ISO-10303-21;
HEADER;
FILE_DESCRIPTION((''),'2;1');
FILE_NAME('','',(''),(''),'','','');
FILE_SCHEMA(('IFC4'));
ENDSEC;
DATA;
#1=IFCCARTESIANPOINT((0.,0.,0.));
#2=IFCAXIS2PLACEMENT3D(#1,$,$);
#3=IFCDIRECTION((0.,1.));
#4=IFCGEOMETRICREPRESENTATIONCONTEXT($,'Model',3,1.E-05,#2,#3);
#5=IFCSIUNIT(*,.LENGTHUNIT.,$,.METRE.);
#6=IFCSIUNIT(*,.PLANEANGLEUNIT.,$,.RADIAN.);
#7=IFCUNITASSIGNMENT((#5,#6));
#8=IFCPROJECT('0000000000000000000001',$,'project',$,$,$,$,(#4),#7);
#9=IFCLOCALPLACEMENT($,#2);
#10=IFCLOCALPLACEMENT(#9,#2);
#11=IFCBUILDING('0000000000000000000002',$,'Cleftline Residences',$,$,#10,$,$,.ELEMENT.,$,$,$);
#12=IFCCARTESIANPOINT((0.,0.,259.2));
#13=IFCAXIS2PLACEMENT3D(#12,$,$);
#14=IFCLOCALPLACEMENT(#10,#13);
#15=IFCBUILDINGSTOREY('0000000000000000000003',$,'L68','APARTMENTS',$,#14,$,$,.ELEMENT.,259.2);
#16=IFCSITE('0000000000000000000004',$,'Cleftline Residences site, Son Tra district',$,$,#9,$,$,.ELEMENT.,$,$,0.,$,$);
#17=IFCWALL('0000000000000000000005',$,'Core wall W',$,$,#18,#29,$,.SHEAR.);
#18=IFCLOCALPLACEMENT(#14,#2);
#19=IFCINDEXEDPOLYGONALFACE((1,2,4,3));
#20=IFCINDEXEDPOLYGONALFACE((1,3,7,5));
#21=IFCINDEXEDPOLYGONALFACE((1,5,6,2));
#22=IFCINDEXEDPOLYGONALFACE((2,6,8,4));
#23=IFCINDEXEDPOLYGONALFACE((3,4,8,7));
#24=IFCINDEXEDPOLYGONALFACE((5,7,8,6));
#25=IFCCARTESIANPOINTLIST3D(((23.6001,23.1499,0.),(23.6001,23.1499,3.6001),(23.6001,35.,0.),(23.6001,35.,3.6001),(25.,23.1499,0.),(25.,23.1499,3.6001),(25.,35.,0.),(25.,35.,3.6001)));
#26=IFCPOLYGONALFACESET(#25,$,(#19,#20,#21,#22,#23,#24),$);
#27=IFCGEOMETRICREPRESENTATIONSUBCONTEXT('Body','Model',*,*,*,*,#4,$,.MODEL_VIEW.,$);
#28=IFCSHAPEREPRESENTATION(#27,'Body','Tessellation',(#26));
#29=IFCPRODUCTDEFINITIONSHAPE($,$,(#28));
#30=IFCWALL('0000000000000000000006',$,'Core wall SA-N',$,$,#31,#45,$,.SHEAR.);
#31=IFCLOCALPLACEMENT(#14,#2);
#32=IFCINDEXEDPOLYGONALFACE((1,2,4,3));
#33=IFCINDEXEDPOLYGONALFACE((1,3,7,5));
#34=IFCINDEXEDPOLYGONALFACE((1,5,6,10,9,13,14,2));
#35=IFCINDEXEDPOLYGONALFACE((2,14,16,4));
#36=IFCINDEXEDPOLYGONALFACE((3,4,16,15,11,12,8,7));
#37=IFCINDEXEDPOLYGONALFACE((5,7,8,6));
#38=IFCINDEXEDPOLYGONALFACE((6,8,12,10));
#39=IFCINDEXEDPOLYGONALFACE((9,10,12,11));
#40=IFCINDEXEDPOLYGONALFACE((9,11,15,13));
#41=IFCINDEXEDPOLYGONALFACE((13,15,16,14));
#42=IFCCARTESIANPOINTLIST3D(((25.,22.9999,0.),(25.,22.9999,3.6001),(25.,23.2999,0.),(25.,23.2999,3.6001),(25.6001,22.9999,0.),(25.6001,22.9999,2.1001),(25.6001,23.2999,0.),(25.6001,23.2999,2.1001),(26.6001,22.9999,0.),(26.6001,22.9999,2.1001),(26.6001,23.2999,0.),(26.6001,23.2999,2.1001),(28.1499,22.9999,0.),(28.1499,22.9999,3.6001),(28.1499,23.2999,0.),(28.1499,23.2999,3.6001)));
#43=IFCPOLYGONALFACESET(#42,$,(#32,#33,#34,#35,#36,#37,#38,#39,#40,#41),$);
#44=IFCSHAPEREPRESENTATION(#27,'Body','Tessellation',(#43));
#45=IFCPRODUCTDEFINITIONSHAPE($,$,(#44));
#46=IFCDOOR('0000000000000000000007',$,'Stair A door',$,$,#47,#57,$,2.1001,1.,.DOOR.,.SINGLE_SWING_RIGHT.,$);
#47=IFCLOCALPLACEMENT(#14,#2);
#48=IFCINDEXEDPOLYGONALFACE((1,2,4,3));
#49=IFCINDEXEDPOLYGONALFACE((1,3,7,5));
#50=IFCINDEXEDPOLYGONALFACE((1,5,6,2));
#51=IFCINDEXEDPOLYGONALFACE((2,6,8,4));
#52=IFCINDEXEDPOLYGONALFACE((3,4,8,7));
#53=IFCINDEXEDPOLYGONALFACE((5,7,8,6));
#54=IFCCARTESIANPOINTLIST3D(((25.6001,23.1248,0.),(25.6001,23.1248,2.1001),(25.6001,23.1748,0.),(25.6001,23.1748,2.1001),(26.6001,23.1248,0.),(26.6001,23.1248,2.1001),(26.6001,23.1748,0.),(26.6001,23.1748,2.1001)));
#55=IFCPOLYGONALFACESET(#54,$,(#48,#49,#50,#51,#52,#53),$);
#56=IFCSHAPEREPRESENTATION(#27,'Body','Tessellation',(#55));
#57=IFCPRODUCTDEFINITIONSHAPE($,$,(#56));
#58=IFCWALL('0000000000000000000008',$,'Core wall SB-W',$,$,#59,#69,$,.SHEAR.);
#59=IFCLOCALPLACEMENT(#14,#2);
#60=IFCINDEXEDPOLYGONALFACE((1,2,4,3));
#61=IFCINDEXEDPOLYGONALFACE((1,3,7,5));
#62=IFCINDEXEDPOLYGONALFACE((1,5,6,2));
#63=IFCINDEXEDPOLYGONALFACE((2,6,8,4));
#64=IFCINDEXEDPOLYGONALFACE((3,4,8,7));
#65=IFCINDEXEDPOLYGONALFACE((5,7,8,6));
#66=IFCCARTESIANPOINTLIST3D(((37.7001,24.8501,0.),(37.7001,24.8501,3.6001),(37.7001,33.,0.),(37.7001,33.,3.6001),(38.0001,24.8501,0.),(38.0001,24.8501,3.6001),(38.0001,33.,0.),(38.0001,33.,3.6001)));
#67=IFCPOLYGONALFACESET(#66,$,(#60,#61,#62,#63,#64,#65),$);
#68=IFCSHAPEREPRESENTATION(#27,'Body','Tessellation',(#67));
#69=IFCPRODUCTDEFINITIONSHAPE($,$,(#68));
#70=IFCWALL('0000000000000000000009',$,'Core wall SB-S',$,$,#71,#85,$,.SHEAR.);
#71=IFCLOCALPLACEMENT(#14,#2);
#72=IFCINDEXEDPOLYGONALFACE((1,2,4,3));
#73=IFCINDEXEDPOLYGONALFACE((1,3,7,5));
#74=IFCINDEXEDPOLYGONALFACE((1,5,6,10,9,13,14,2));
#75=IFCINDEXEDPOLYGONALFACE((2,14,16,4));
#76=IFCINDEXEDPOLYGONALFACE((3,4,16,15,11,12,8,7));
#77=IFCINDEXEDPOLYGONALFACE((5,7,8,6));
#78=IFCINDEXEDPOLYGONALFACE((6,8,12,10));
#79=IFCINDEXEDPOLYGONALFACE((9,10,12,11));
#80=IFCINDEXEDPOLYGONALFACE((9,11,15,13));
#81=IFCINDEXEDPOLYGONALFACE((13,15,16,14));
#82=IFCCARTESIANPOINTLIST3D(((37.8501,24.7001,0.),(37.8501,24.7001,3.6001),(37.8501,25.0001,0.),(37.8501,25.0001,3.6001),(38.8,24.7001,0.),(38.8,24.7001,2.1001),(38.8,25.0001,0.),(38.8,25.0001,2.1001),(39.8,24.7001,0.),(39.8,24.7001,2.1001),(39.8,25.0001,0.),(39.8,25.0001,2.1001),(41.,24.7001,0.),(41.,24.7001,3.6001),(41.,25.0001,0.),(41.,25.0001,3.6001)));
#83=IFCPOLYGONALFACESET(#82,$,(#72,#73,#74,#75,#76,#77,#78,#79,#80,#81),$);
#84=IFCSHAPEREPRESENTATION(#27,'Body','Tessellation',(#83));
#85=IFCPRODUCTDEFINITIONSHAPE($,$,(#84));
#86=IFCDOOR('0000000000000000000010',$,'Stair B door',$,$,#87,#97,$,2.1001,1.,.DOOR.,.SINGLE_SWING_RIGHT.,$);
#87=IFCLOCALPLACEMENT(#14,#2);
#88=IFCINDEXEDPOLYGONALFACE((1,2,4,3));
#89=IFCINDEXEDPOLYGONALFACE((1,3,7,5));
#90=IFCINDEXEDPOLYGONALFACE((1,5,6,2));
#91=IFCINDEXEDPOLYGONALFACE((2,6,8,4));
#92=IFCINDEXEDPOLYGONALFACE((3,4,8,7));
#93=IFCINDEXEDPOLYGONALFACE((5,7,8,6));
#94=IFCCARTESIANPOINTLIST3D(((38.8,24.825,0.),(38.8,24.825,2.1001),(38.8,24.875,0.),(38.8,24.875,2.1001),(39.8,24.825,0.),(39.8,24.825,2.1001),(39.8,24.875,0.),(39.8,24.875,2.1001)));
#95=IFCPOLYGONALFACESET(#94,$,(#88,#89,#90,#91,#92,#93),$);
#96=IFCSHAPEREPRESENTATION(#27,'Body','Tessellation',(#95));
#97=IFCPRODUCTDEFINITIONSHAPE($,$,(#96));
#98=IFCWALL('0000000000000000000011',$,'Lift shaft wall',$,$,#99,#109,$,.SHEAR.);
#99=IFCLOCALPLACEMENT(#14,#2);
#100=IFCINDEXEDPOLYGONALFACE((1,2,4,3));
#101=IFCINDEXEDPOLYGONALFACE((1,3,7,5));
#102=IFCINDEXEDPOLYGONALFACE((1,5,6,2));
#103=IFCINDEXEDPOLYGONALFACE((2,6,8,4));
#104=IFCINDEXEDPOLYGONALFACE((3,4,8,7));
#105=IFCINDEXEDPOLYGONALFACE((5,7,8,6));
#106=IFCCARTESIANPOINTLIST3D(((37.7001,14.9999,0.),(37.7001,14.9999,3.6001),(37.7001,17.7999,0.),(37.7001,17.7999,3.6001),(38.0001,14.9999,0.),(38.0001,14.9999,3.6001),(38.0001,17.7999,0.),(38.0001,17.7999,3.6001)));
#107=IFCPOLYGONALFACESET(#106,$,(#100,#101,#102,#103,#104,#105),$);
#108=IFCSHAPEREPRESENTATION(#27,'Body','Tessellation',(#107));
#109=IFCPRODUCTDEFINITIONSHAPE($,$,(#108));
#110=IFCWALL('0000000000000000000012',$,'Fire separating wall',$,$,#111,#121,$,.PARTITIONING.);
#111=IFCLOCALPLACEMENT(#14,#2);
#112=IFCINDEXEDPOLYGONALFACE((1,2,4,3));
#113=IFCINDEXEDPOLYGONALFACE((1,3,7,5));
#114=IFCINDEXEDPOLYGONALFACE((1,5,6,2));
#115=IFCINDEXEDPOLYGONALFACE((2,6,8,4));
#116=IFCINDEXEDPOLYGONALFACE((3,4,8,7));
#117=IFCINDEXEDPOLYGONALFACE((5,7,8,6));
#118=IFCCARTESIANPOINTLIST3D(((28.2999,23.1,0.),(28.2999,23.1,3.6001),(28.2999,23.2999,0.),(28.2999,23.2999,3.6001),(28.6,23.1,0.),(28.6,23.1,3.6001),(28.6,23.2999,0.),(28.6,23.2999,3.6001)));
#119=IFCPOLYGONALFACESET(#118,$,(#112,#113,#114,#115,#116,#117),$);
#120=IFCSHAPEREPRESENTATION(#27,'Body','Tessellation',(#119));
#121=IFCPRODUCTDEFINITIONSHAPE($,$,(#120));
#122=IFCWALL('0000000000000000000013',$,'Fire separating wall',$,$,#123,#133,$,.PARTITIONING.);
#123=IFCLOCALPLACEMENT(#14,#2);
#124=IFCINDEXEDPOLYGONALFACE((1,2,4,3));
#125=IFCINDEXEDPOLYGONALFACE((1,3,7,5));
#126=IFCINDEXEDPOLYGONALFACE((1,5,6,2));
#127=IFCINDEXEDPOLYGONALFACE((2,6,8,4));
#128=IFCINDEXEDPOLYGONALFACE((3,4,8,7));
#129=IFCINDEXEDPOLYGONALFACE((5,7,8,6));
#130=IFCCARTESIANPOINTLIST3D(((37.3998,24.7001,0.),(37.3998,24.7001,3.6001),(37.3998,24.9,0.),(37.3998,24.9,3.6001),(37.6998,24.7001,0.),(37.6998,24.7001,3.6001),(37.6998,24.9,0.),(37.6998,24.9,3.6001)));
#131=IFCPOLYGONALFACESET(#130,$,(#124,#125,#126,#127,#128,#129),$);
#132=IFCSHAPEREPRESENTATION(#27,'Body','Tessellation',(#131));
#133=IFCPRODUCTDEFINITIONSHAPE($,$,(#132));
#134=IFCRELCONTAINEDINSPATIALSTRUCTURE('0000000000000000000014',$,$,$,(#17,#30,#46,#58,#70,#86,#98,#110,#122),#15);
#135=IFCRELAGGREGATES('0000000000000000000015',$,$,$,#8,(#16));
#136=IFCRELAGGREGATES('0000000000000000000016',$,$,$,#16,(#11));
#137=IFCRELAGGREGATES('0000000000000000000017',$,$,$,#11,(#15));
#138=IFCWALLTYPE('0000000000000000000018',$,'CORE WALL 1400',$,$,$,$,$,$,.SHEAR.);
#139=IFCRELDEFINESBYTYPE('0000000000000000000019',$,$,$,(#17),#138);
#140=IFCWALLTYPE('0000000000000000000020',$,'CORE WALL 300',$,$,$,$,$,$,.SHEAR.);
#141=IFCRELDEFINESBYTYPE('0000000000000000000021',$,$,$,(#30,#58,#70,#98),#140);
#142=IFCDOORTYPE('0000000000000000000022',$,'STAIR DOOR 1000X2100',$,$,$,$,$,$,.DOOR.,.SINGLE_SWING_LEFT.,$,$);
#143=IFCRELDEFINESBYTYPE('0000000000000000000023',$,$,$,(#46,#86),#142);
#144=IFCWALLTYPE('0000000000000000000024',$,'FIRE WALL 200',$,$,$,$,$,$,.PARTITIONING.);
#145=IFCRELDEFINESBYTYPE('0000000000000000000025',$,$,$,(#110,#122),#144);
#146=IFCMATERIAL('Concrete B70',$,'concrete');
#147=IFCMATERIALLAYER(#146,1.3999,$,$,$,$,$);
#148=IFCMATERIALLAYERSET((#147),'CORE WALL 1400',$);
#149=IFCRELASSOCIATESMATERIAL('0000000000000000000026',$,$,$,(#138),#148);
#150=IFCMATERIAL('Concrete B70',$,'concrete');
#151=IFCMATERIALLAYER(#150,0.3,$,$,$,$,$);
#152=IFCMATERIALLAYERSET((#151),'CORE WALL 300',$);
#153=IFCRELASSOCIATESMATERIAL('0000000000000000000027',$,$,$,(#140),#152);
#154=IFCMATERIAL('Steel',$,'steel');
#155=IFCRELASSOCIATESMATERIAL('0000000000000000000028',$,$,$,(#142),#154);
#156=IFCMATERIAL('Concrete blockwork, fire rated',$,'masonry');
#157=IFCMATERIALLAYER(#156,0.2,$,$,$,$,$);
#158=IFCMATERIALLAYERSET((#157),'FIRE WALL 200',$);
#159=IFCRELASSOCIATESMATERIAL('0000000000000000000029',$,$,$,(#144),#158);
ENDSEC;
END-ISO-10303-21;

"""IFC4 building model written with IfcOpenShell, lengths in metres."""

from ifc_helpers import new_model, si_unit, direction, frame, frame_2d, origin, place, context, subcontext, project, spatial, rectangle, extrude, material, layer, layer_set, type_object, element, fill, save


model = new_model("IFC4")

# Units and contexts
model_context = context("Model", 3, precision=1e-05, world=origin(), true_north=direction((0.0, 1.0)))
body_context = subcontext(model_context, "Body", "Model", "MODEL_VIEW")
ifc_project = project(units=[si_unit("LENGTHUNIT", "METRE"), si_unit("PLANEANGLEUNIT", "RADIAN")], contexts=[model_context])

# Site, building, storey
site_placement = place(None, origin())
site = spatial("IfcSite", under=ifc_project, at=site_placement, Name="Cleftline Residences site, Son Tra district", CompositionType="ELEMENT", RefElevation=0.0)
building_placement = place(site_placement, origin())
building = spatial("IfcBuilding", under=site, at=building_placement, Name="Cleftline Residences", CompositionType="ELEMENT")
storey_placement = place(building_placement, frame((0.0, 0.0, 259.2)))
storey = spatial("IfcBuildingStorey", under=building, at=storey_placement, Name="L68", Description="APARTMENTS", CompositionType="ELEMENT", Elevation=259.2)

# Wall
ifc_material_1 = material(Name="Concrete B70", Category="concrete")
ifc_layer_1 = layer(ifc_material_1, 1.3999)
ifc_layer_set_1 = layer_set([ifc_layer_1], Name="CORE WALL 1400")
wall_type_1 = type_object("IfcWallType", Name="CORE WALL 1400", PredefinedType="SHEAR", material=ifc_layer_set_1)
wall_1_placement = place(storey_placement, frame((24.3, 23.1499, 0.0), z_axis=(0.0, 0.0, 1.0), x_axis=(0.0, 1.0, 0.0)))
element("IfcWall", 1, at=wall_1_placement, inside=storey, type_object=wall_type_1, Name="Core wall W", PredefinedType="SHEAR", context=body_context, shape_type="SweptSolid", body=[
    extrude(rectangle(XDim=11.8501, YDim=1.3999, at=frame_2d((5.925, 0.0))), origin(), (0.0, 0.0, 1.0), 3.6001),
])

# Wall, opening, door
ifc_material_2 = material(Name="Concrete B70", Category="concrete")
ifc_layer_2 = layer(ifc_material_2, 0.3)
ifc_layer_set_2 = layer_set([ifc_layer_2], Name="CORE WALL 300")
wall_type_2 = type_object("IfcWallType", Name="CORE WALL 300", PredefinedType="SHEAR", material=ifc_layer_set_2)
wall_2_placement = place(storey_placement, frame((25.0, 23.1499, 0.0), z_axis=(0.0, 0.0, 1.0), x_axis=(1.0, 0.0, 0.0)))
wall_2 = element("IfcWall", 2, at=wall_2_placement, inside=storey, type_object=wall_type_2, Name="Core wall SA-N", PredefinedType="SHEAR", context=body_context, shape_type="SweptSolid", body=[
    extrude(rectangle(XDim=3.1499, YDim=0.3, at=frame_2d((1.575, 0.0))), origin(), (0.0, 0.0, 1.0), 3.6001),
])
opening_1_placement = place(wall_2_placement, frame((0.6001, 0.0, 0.0)))
opening_1 = element("IfcOpeningElement", 3, at=opening_1_placement, cuts=wall_2, PredefinedType="OPENING", context=body_context, shape_type="SweptSolid", body=[
    extrude(rectangle(XDim=1.0, YDim=2.1001, at=frame_2d((0.5, 1.05))), frame((0.0, 0.1599, 0.0), z_axis=(0.0, -1.0, 0.0), x_axis=(1.0, 0.0, 0.0)), (0.0, 0.0, 1.0), 0.3201),
])
ifc_material_3 = material(Name="Steel", Category="steel")
door_type_1 = type_object("IfcDoorType", Name="STAIR DOOR 1000X2100", OperationType="SINGLE_SWING_LEFT", PredefinedType="DOOR", material=ifc_material_3)
door_1_placement = place(opening_1_placement, origin())
door_1 = element("IfcDoor", 4, at=door_1_placement, inside=storey, type_object=door_type_1, Name="Stair A door", OperationType="SINGLE_SWING_RIGHT", OverallHeight=2.1001, OverallWidth=1.0, PredefinedType="DOOR", context=body_context, shape_type="SweptSolid", body=[
    extrude(rectangle(XDim=1.0, YDim=2.1001, at=frame_2d((0.5, 1.05))), frame((0.0, 0.0249, 0.0), z_axis=(0.0, -1.0, 0.0), x_axis=(1.0, 0.0, 0.0)), (0.0, 0.0, 1.0), 0.05),
])
fill(opening_1, door_1)

# Wall
wall_3_placement = place(storey_placement, frame((37.8501, 24.8501, 0.0), z_axis=(0.0, 0.0, 1.0), x_axis=(0.0, 1.0, 0.0)))
element("IfcWall", 5, at=wall_3_placement, inside=storey, type_object=wall_type_2, Name="Core wall SB-W", PredefinedType="SHEAR", context=body_context, shape_type="SweptSolid", body=[
    extrude(rectangle(XDim=8.1499, YDim=0.3, at=frame_2d((4.075, 0.0))), origin(), (0.0, 0.0, 1.0), 3.6001),
])

# Wall, opening, door
wall_4_placement = place(storey_placement, frame((37.8501, 24.8501, 0.0), z_axis=(0.0, 0.0, 1.0), x_axis=(1.0, 0.0, 0.0)))
wall_4 = element("IfcWall", 6, at=wall_4_placement, inside=storey, type_object=wall_type_2, Name="Core wall SB-S", PredefinedType="SHEAR", context=body_context, shape_type="SweptSolid", body=[
    extrude(rectangle(XDim=3.1499, YDim=0.3, at=frame_2d((1.575, 0.0))), origin(), (0.0, 0.0, 1.0), 3.6001),
])
opening_2_placement = place(wall_4_placement, frame((0.95, 0.0, 0.0)))
opening_2 = element("IfcOpeningElement", 7, at=opening_2_placement, cuts=wall_4, PredefinedType="OPENING", context=body_context, shape_type="SweptSolid", body=[
    extrude(rectangle(XDim=1.0, YDim=2.1001, at=frame_2d((0.5, 1.05))), frame((0.0, 0.1599, 0.0), z_axis=(0.0, -1.0, 0.0), x_axis=(1.0, 0.0, 0.0)), (0.0, 0.0, 1.0), 0.3201),
])
door_2_placement = place(opening_2_placement, origin())
door_2 = element("IfcDoor", 8, at=door_2_placement, inside=storey, type_object=door_type_1, Name="Stair B door", OperationType="SINGLE_SWING_RIGHT", OverallHeight=2.1001, OverallWidth=1.0, PredefinedType="DOOR", context=body_context, shape_type="SweptSolid", body=[
    extrude(rectangle(XDim=1.0, YDim=2.1001, at=frame_2d((0.5, 1.05))), frame((0.0, 0.0249, 0.0), z_axis=(0.0, -1.0, 0.0), x_axis=(1.0, 0.0, 0.0)), (0.0, 0.0, 1.0), 0.05),
])
fill(opening_2, door_2)

# Walls
wall_5_placement = place(storey_placement, frame((37.8501, 15.0, 0.0), z_axis=(0.0, 0.0, 1.0), x_axis=(0.0, 1.0, 0.0)))
element("IfcWall", 9, at=wall_5_placement, inside=storey, type_object=wall_type_2, Name="Lift shaft wall", PredefinedType="SHEAR", context=body_context, shape_type="SweptSolid", body=[
    extrude(rectangle(XDim=2.8, YDim=0.3, at=frame_2d((1.3999, 0.0))), origin(), (0.0, 0.0, 1.0), 3.6001),
])
ifc_material_4 = material(Name="Concrete blockwork, fire rated", Category="masonry")
ifc_layer_3 = layer(ifc_material_4, 0.2)
ifc_layer_set_3 = layer_set([ifc_layer_3], Name="FIRE WALL 200")
wall_type_3 = type_object("IfcWallType", Name="FIRE WALL 200", PredefinedType="PARTITIONING", material=ifc_layer_set_3)
for number, where, z_axis, x_axis, name in (
    (10, (28.3, 23.2, 0.0), (0.0, 0.0, 1.0), (1.0, 0.0, 0.0), "Fire separating wall"),
    (11, (37.3999, 24.8, 0.0), (0.0, 0.0, 1.0), (1.0, 0.0, 0.0), "Fire separating wall"),
):
    element("IfcWall", number, at=place(storey_placement, frame(where, z_axis=z_axis, x_axis=x_axis)), inside=storey, type_object=wall_type_3, Name=name, PredefinedType="PARTITIONING", context=body_context, shape_type="SweptSolid", body=[
        extrude(rectangle(XDim=0.3, YDim=0.2, at=frame_2d((0.1499, 0.0))), origin(), (0.0, 0.0, 1.0), 3.6001),
    ])

save(model, "model.ifc")
